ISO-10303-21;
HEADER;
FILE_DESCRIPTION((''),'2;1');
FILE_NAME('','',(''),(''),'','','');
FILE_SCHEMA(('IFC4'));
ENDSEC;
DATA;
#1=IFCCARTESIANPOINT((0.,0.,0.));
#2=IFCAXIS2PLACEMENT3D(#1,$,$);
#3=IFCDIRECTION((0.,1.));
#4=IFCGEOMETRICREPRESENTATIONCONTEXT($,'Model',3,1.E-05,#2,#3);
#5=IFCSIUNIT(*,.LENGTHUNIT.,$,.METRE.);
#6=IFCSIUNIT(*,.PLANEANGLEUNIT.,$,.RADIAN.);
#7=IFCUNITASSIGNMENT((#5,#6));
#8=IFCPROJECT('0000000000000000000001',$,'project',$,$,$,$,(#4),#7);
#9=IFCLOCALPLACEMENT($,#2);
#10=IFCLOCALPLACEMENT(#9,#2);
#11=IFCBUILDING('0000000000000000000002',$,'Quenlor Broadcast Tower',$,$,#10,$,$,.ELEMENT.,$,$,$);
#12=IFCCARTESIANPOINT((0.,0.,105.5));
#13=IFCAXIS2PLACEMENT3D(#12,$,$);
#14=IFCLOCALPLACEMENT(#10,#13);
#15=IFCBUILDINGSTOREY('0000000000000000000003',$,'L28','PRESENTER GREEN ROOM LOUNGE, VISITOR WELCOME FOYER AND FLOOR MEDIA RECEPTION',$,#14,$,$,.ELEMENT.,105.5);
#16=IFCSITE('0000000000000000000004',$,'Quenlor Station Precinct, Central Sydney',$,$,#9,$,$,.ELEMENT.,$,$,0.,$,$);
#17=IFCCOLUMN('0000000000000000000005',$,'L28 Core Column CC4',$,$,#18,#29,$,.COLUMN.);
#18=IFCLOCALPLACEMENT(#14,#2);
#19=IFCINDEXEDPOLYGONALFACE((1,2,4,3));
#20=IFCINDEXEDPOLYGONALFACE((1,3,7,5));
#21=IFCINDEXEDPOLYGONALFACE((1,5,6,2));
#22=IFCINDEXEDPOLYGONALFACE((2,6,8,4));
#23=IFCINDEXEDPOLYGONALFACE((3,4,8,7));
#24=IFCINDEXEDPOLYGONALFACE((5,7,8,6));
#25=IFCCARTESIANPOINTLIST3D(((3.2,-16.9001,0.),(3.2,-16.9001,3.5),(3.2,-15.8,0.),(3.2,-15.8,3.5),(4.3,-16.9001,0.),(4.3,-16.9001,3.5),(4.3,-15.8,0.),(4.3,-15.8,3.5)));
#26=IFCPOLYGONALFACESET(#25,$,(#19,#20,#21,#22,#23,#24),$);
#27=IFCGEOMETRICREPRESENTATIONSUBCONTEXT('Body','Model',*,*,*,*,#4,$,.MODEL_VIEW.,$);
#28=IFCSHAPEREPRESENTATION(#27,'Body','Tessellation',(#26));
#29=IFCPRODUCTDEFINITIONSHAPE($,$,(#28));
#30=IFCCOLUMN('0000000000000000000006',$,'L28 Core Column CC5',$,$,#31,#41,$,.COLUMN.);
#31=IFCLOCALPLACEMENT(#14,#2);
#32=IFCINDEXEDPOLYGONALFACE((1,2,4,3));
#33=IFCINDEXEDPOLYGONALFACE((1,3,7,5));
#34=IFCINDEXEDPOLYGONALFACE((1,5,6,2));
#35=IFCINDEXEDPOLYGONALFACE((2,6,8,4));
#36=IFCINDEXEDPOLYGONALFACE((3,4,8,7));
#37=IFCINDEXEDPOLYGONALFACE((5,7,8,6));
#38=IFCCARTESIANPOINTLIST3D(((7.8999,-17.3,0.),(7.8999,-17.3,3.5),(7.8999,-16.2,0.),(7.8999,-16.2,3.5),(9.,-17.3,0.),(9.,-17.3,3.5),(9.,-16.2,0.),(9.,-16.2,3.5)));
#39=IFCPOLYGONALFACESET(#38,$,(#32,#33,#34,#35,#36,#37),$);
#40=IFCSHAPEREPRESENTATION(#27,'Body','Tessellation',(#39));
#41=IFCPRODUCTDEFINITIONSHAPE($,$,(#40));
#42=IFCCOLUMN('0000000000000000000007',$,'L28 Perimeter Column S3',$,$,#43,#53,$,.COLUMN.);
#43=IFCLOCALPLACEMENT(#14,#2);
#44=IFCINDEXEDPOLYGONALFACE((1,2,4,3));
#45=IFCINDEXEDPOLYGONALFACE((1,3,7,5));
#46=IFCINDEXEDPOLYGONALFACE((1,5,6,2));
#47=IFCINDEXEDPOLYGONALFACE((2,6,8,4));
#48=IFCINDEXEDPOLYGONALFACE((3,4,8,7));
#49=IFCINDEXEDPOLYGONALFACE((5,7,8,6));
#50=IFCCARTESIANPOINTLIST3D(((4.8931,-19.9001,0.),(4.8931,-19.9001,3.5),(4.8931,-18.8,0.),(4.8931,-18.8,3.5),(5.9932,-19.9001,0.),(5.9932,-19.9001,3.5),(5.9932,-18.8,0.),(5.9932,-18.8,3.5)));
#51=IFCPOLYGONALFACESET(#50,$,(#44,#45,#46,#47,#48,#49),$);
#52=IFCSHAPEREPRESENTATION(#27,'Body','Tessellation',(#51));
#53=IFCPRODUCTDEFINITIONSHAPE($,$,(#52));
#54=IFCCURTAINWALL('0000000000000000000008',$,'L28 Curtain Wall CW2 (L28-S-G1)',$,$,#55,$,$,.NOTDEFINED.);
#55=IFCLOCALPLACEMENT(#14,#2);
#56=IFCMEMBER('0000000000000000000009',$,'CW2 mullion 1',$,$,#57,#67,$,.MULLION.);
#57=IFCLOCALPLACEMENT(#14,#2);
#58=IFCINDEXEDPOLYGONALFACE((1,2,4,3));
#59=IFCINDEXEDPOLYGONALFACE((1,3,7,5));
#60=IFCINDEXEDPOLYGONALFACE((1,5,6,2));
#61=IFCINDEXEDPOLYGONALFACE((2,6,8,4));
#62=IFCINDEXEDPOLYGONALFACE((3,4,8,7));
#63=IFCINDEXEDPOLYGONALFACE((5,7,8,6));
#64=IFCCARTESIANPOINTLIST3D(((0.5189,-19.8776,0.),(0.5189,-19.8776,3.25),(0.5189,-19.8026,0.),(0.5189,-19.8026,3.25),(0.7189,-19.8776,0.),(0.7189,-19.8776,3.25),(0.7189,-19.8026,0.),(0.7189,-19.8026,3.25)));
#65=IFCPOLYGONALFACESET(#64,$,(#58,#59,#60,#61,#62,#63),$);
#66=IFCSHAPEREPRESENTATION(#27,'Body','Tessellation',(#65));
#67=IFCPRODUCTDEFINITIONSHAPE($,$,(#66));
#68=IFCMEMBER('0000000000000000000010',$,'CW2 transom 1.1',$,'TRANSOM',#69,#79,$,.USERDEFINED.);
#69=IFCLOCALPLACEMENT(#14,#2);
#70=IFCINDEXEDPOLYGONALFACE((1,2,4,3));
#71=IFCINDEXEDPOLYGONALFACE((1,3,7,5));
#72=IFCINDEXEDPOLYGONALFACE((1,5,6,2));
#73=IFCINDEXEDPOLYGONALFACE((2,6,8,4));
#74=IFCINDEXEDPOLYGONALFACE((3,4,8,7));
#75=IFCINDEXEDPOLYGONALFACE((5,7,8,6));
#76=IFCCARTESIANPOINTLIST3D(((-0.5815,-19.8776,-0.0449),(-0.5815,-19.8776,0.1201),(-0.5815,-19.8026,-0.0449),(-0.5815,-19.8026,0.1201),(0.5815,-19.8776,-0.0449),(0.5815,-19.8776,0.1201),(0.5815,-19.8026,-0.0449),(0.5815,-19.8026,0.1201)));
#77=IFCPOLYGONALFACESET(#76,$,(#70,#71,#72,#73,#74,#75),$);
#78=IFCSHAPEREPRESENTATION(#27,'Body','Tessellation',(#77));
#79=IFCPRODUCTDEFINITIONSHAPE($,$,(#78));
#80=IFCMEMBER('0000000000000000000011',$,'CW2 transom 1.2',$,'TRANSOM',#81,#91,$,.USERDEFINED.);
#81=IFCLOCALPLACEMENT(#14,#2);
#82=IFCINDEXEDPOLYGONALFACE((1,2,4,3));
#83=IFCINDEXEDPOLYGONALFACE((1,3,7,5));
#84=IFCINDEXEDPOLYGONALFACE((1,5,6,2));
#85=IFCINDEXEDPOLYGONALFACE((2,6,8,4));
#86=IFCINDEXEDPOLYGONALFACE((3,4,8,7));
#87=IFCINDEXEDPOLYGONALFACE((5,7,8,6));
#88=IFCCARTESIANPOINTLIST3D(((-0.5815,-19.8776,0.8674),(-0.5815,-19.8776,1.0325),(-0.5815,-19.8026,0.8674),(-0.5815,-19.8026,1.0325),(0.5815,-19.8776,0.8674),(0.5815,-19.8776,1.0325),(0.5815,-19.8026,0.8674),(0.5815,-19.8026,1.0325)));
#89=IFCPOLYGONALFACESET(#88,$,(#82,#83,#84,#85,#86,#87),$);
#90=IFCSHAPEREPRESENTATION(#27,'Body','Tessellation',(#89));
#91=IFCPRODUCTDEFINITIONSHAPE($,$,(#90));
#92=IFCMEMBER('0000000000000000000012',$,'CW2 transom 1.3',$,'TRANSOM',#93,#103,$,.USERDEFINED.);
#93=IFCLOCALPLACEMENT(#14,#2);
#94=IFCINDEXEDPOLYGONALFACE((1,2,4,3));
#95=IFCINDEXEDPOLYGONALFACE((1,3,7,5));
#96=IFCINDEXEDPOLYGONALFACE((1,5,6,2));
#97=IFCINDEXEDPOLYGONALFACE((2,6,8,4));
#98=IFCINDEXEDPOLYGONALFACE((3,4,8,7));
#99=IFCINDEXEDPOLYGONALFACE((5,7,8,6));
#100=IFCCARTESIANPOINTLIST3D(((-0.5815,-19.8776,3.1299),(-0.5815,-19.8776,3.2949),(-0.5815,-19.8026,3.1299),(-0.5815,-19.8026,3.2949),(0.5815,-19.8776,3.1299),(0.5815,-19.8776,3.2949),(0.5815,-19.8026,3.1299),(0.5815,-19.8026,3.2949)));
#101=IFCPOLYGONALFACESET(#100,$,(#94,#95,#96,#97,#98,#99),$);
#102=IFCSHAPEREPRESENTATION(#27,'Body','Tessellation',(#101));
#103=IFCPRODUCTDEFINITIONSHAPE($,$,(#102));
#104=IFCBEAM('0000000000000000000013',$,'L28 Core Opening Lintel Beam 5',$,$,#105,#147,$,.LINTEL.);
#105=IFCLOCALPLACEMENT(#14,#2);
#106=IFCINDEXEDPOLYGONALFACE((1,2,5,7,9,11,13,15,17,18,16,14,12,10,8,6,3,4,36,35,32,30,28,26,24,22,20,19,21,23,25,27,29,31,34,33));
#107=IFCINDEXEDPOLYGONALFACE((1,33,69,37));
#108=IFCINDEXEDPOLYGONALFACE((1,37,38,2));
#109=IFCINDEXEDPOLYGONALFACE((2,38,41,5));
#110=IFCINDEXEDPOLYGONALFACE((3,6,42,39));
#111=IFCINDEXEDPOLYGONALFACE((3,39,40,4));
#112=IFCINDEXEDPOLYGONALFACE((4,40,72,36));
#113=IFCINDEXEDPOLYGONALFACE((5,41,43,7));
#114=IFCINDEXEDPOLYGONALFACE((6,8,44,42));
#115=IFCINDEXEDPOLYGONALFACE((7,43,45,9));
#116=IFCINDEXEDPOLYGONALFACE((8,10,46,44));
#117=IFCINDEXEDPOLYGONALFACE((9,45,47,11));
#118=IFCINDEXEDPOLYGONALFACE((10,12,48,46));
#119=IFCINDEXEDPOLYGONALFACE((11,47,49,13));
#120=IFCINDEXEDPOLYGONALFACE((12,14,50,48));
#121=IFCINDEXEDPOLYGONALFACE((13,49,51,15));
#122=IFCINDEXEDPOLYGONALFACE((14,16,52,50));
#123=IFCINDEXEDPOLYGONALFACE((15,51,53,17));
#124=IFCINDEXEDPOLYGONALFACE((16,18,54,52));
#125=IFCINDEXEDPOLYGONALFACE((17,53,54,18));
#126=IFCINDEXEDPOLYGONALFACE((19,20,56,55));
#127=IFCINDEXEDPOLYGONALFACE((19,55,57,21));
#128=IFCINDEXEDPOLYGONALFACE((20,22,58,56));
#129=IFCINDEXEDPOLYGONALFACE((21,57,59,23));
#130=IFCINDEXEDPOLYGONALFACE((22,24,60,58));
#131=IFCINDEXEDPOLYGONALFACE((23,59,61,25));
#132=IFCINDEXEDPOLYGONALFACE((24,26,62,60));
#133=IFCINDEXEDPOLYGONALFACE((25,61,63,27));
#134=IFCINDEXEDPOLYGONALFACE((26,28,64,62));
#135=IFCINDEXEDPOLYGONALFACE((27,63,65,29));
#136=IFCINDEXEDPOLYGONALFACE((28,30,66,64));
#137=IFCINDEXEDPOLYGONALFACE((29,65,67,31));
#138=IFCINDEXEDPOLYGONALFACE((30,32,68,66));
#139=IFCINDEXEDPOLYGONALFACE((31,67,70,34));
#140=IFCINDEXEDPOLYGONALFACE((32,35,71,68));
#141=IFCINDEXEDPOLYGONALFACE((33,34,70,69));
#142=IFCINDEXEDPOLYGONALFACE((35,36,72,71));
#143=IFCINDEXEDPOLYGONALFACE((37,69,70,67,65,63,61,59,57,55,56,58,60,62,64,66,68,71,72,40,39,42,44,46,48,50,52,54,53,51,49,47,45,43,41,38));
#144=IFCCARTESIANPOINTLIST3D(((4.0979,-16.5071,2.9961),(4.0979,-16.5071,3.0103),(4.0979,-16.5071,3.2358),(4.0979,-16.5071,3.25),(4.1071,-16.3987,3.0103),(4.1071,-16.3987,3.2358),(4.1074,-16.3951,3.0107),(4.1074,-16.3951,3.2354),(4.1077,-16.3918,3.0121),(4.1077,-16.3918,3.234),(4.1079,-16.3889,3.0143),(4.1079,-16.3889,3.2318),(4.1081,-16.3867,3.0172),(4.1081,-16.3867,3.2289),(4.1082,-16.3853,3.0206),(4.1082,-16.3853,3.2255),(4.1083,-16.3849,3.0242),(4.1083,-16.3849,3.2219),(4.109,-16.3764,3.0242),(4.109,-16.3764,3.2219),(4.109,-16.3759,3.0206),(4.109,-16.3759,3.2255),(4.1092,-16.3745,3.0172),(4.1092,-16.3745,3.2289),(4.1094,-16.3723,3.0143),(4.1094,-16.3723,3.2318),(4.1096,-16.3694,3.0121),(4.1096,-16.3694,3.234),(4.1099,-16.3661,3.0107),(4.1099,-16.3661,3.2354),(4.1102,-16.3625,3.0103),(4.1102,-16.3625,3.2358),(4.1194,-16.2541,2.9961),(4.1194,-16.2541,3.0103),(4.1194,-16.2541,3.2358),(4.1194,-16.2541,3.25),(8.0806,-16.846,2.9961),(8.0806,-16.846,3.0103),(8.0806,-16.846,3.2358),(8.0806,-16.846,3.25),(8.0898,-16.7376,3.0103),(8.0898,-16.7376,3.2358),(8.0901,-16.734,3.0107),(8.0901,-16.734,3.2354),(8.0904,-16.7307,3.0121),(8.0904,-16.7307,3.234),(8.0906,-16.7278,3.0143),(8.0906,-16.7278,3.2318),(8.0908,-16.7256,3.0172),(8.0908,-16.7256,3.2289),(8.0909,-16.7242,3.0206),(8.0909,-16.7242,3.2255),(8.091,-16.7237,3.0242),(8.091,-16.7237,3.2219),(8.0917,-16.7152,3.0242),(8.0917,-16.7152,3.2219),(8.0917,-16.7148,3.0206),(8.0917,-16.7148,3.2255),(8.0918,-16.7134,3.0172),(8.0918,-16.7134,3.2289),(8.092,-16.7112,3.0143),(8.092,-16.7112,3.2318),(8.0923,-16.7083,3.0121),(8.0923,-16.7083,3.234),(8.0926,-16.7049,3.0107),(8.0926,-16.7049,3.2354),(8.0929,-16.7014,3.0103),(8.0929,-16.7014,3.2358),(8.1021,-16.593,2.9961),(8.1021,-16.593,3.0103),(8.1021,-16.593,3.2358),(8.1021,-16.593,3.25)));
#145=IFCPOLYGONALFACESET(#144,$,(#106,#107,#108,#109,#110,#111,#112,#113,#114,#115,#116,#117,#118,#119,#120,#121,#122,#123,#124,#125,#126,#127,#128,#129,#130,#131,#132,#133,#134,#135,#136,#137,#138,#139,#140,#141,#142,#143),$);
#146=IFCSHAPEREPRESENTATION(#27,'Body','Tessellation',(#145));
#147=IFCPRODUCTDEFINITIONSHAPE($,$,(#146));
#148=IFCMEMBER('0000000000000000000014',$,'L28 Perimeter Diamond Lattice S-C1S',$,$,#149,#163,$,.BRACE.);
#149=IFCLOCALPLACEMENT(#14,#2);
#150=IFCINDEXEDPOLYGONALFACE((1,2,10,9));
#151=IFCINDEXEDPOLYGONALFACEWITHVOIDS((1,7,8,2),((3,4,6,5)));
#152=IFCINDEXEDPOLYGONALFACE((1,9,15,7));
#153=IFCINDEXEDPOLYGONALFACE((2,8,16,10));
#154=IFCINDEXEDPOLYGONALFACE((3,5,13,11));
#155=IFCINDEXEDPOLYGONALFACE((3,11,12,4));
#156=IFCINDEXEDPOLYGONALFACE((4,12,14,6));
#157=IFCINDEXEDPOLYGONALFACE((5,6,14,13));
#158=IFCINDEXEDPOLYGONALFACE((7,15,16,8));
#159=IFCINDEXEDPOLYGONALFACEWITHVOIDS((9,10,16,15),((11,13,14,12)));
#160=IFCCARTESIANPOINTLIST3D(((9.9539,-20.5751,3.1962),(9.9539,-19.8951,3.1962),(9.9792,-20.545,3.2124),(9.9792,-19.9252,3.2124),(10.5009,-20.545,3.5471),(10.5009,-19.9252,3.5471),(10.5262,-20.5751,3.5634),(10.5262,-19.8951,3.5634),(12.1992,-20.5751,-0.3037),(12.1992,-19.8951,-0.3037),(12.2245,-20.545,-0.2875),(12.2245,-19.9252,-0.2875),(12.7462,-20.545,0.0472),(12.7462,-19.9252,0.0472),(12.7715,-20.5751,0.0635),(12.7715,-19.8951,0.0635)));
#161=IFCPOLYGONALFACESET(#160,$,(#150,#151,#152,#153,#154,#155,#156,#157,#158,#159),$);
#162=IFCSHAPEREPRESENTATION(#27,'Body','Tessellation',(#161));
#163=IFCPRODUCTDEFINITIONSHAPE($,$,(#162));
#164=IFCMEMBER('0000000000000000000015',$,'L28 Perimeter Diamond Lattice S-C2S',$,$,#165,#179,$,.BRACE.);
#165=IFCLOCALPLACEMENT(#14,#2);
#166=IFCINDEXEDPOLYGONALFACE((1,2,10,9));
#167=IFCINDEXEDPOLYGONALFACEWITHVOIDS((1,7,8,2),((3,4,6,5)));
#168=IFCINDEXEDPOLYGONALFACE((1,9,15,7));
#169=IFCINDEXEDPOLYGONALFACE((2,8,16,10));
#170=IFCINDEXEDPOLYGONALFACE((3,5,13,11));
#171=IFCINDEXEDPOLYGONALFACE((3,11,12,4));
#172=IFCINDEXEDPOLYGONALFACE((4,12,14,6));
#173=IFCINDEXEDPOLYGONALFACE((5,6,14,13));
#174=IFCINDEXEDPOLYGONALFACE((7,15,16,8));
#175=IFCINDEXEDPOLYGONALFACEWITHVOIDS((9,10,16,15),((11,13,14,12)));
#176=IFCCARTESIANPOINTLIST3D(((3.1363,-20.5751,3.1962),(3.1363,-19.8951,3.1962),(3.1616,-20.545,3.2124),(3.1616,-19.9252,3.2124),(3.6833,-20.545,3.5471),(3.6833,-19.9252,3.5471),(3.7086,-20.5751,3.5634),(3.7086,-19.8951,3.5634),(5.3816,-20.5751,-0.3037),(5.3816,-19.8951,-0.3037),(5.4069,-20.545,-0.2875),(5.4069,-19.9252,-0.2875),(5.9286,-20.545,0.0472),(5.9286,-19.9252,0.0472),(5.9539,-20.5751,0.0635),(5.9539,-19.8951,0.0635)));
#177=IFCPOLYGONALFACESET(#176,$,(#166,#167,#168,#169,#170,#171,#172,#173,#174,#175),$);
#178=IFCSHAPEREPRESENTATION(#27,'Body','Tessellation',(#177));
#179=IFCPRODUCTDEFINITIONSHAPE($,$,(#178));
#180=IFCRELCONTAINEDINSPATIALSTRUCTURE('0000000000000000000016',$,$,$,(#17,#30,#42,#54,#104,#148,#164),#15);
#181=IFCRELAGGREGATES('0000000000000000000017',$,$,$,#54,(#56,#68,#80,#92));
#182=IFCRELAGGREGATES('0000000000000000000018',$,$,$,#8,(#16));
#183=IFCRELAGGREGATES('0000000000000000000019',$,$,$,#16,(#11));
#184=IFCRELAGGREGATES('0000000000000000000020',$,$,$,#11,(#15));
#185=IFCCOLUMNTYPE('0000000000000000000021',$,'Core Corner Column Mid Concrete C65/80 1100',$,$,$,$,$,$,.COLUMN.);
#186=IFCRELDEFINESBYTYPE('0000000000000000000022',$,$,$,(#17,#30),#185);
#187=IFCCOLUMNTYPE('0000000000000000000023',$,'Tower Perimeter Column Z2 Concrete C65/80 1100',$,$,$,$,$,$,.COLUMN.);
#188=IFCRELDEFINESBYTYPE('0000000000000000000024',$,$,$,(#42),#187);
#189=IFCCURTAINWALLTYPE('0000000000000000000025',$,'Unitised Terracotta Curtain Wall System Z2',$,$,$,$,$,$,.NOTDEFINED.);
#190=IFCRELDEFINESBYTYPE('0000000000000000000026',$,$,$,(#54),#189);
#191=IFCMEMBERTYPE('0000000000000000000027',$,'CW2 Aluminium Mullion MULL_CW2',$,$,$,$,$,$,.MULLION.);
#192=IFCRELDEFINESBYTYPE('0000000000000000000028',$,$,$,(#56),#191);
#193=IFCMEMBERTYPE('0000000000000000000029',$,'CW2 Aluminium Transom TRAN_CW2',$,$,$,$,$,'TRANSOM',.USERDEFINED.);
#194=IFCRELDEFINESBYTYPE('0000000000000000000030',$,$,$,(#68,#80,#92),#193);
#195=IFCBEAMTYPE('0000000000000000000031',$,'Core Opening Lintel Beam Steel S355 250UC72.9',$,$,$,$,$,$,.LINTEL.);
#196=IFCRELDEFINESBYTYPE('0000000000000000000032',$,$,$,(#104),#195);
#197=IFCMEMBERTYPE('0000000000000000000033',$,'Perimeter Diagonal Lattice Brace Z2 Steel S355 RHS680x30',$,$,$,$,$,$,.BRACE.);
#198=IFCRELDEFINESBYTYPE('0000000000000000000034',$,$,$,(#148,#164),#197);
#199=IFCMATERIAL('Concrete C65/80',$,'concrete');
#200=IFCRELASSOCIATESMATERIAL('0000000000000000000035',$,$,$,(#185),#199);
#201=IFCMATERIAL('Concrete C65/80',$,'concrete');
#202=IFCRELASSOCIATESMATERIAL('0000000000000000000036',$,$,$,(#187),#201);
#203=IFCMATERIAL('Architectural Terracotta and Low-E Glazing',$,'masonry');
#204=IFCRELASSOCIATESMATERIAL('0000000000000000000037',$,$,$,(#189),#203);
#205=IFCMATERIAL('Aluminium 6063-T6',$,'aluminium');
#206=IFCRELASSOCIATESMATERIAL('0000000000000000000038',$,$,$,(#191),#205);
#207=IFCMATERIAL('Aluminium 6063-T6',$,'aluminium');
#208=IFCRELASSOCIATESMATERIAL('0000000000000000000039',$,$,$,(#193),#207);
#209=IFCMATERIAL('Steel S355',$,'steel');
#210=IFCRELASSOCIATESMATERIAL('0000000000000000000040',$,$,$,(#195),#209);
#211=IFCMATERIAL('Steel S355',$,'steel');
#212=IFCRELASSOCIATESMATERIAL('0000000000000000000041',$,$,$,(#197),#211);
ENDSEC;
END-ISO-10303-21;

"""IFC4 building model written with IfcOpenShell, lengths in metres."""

from ifc_helpers import new_model, si_unit, direction, frame, origin, origin_2d, place, context, subcontext, project, spatial, rectangle, hollow_rectangle, i_section, extrude, material, material_profile, profile_set, type_object, element, aggregate, save


model = new_model("IFC4")

# Units and contexts
model_context = context("Model", 3, precision=1e-05, world=origin(), true_north=direction((0.0, 1.0)))
body_context = subcontext(model_context, "Body", "Model", "MODEL_VIEW")
ifc_project = project(units=[si_unit("LENGTHUNIT", "METRE"), si_unit("PLANEANGLEUNIT", "RADIAN")], contexts=[model_context])

# Site, building, storey
site_placement = place(None, origin())
site = spatial("IfcSite", under=ifc_project, at=site_placement, Name="Quenlor Station Precinct, Central Sydney", CompositionType="ELEMENT", RefElevation=0.0)
building_placement = place(site_placement, origin())
building = spatial("IfcBuilding", under=site, at=building_placement, Name="Quenlor Broadcast Tower", CompositionType="ELEMENT")
storey_placement = place(building_placement, frame((0.0, 0.0, 105.5)))
storey = spatial("IfcBuildingStorey", under=building, at=storey_placement, Name="L28", Description="PRESENTER GREEN ROOM LOUNGE, VISITOR WELCOME FOYER AND FLOOR MEDIA RECEPTION", CompositionType="ELEMENT", Elevation=105.5)

# Columns
ifc_material_1 = material(Name="Concrete C65/80", Category="concrete")
ifc_material_profile_1 = material_profile(ifc_material_1, rectangle(XDim=1.1001, YDim=1.1001, at=origin_2d()))
ifc_profile_set_1 = profile_set([ifc_material_profile_1], Name="Concrete C65/80 RC1100x1100")
column_type_1 = type_object("IfcColumnType", Name="Core Corner Column Mid Concrete C65/80 1100", PredefinedType="COLUMN", material=ifc_profile_set_1)
for number, where, z_axis, x_axis, name in (
    (1, (3.75, -16.3501, 0.0), (0.0, 0.0, 1.0), (1.0, 0.0, 0.0), "L28 Core Column CC4"),
    (2, (8.45, -16.75, 0.0), (0.0, 0.0, 1.0), (1.0, 0.0, 0.0), "L28 Core Column CC5"),
):
    element("IfcColumn", number, at=place(storey_placement, frame(where, z_axis=z_axis, x_axis=x_axis)), inside=storey, type_object=column_type_1, Name=name, PredefinedType="COLUMN", context=body_context, shape_type="SweptSolid", body=[
        extrude(rectangle(XDim=1.1001, YDim=1.1001, at=origin_2d()), origin(), (0.0, 0.0, 1.0), 3.5),
    ])
ifc_material_2 = material(Name="Concrete C65/80", Category="concrete")
ifc_material_profile_2 = material_profile(ifc_material_2, rectangle(XDim=1.1001, YDim=1.1001, at=origin_2d()))
ifc_profile_set_2 = profile_set([ifc_material_profile_2], Name="Concrete C65/80 RC1100x1100")
column_type_2 = type_object("IfcColumnType", Name="Tower Perimeter Column Z2 Concrete C65/80 1100", PredefinedType="COLUMN", material=ifc_profile_set_2)
column_placement = place(storey_placement, frame((5.4431, -19.3501, 0.0), z_axis=(0.0, 0.0, 1.0), x_axis=(0.0, 1.0, 0.0)))
element("IfcColumn", 3, at=column_placement, inside=storey, type_object=column_type_2, Name="L28 Perimeter Column S3", PredefinedType="COLUMN", context=body_context, shape_type="SweptSolid", body=[
    extrude(rectangle(XDim=1.1001, YDim=1.1001, at=origin_2d()), origin(), (0.0, 0.0, 1.0), 3.5),
])

# Curtain wall, members
ifc_material_3 = material(Name="Architectural Terracotta and Low-E Glazing", Category="masonry")
curtain_wall_type = type_object("IfcCurtainWallType", Name="Unitised Terracotta Curtain Wall System Z2", PredefinedType="NOTDEFINED", material=ifc_material_3)
curtain_wall_placement = place(storey_placement, origin())
curtain_wall = element("IfcCurtainWall", 4, at=curtain_wall_placement, inside=storey, type_object=curtain_wall_type, Name="L28 Curtain Wall CW2 (L28-S-G1)", PredefinedType="NOTDEFINED")
ifc_material_4 = material(Name="Aluminium 6063-T6", Category="aluminium")
ifc_material_profile_3 = material_profile(ifc_material_4, rectangle(XDim=0.075, YDim=0.2, at=origin_2d()))
ifc_profile_set_3 = profile_set([ifc_material_profile_3], Name="Aluminium 6063-T6 MULL75x200")
member_type_1 = type_object("IfcMemberType", Name="CW2 Aluminium Mullion MULL_CW2", PredefinedType="MULLION", material=ifc_profile_set_3)
member_1_placement = place(storey_placement, frame((0.6189, -19.8401, 0.0), z_axis=(0.0, 0.0, 1.0), x_axis=(0.0, -1.0, 0.0)))
member_1 = element("IfcMember", 5, at=member_1_placement, type_object=member_type_1, Name="CW2 mullion 1", PredefinedType="MULLION", context=body_context, shape_type="SweptSolid", body=[
    extrude(rectangle(XDim=0.075, YDim=0.2, at=origin_2d()), origin(), (0.0, 0.0, 1.0), 3.25),
])
ifc_material_5 = material(Name="Aluminium 6063-T6", Category="aluminium")
ifc_material_profile_4 = material_profile(ifc_material_5, rectangle(XDim=0.075, YDim=0.165, at=origin_2d()))
ifc_profile_set_4 = profile_set([ifc_material_profile_4], Name="Aluminium 6063-T6 TRAN75x165")
member_type_2 = type_object("IfcMemberType", Name="CW2 Aluminium Transom TRAN_CW2", ElementType="TRANSOM", PredefinedType="USERDEFINED", material=ifc_profile_set_4)
member_2_placement = place(storey_placement, frame((0.5815, -19.8401, 0.0376), z_axis=(-1.0, 0.0, 0.0), x_axis=(0.0, -1.0, 0.0)))
member_2 = element("IfcMember", 6, at=member_2_placement, type_object=member_type_2, Name="CW2 transom 1.1", ObjectType="TRANSOM", PredefinedType="USERDEFINED", context=body_context, shape_type="SweptSolid", body=[
    extrude(rectangle(XDim=0.075, YDim=0.165, at=origin_2d()), origin(), (0.0, 0.0, 1.0), 1.1631),
])
member_3_placement = place(storey_placement, frame((0.5815, -19.8401, 0.95), z_axis=(-1.0, 0.0, 0.0), x_axis=(0.0, -1.0, 0.0)))
member_3 = element("IfcMember", 7, at=member_3_placement, type_object=member_type_2, Name="CW2 transom 1.2", ObjectType="TRANSOM", PredefinedType="USERDEFINED", context=body_context, shape_type="SweptSolid", body=[
    extrude(rectangle(XDim=0.075, YDim=0.165, at=origin_2d()), origin(), (0.0, 0.0, 1.0), 1.1631),
])
member_4_placement = place(storey_placement, frame((0.5815, -19.8401, 3.2124), z_axis=(-1.0, 0.0, 0.0), x_axis=(0.0, -1.0, 0.0)))
member_4 = element("IfcMember", 8, at=member_4_placement, type_object=member_type_2, Name="CW2 transom 1.3", ObjectType="TRANSOM", PredefinedType="USERDEFINED", context=body_context, shape_type="SweptSolid", body=[
    extrude(rectangle(XDim=0.075, YDim=0.165, at=origin_2d()), origin(), (0.0, 0.0, 1.0), 1.1631),
])
aggregate(curtain_wall, [member_1, member_2, member_3, member_4])

# Beam
ifc_material_6 = material(Name="Steel S355", Category="steel")
ifc_material_profile_5 = material_profile(ifc_material_6, i_section(OverallWidth=0.2539, OverallDepth=0.2539, WebThickness=0.0085, FlangeThickness=0.0142, FilletRadius=0.0139, at=origin_2d()))
ifc_profile_set_5 = profile_set([ifc_material_profile_5], Name="Steel S355 250UC72.9")
beam_type_1 = type_object("IfcBeamType", Name="Core Opening Lintel Beam Steel S355 250UC72.9", PredefinedType="LINTEL", material=ifc_profile_set_5)
beam_1_placement = place(storey_placement, frame((4.1086, -16.3806, 3.123), z_axis=(0.9964, -0.084779, 0.0), x_axis=(0.084779, 0.9964, 0.0)))
element("IfcBeam", 9, at=beam_1_placement, inside=storey, type_object=beam_type_1, Name="L28 Core Opening Lintel Beam 5", PredefinedType="LINTEL", context=body_context, shape_type="SweptSolid", body=[
    extrude(i_section(OverallWidth=0.2539, OverallDepth=0.2539, WebThickness=0.0085, FlangeThickness=0.0142, FilletRadius=0.0139, at=origin_2d()), origin(), (0.0, 0.0, 1.0), 3.9971),
])

# Members
ifc_material_7 = material(Name="Steel S355", Category="steel")
ifc_material_profile_6 = material_profile(ifc_material_7, hollow_rectangle(XDim=0.6799, YDim=0.6799, WallThickness=0.03, at=origin_2d()))
ifc_profile_set_6 = profile_set([ifc_material_profile_6], Name="Steel S355 RHS680x680x30")
member_type_3 = type_object("IfcMemberType", Name="Perimeter Diagonal Lattice Brace Z2 Steel S355 RHS680x30", PredefinedType="BRACE", material=ifc_profile_set_6)
for number, where, z_axis, x_axis, name in (
    (10, (12.4854, -20.2351, -0.1201), (-0.539968, 0.0, 0.841686), (0.0, -1.0, 0.0), "L28 Perimeter Diamond Lattice S-C1S"),
    (11, (5.6677, -20.2351, -0.1201), (-0.539968, 0.0, 0.841686), (0.0, -1.0, 0.0), "L28 Perimeter Diamond Lattice S-C2S"),
):
    element("IfcMember", number, at=place(storey_placement, frame(where, z_axis=z_axis, x_axis=x_axis)), inside=storey, type_object=member_type_3, Name=name, PredefinedType="BRACE", context=body_context, shape_type="SweptSolid", body=[
        extrude(hollow_rectangle(XDim=0.6799, YDim=0.6799, WallThickness=0.03, at=origin_2d()), origin(), (0.0, 0.0, 1.0), 4.1582),
    ])

save(model, "model.ifc")
